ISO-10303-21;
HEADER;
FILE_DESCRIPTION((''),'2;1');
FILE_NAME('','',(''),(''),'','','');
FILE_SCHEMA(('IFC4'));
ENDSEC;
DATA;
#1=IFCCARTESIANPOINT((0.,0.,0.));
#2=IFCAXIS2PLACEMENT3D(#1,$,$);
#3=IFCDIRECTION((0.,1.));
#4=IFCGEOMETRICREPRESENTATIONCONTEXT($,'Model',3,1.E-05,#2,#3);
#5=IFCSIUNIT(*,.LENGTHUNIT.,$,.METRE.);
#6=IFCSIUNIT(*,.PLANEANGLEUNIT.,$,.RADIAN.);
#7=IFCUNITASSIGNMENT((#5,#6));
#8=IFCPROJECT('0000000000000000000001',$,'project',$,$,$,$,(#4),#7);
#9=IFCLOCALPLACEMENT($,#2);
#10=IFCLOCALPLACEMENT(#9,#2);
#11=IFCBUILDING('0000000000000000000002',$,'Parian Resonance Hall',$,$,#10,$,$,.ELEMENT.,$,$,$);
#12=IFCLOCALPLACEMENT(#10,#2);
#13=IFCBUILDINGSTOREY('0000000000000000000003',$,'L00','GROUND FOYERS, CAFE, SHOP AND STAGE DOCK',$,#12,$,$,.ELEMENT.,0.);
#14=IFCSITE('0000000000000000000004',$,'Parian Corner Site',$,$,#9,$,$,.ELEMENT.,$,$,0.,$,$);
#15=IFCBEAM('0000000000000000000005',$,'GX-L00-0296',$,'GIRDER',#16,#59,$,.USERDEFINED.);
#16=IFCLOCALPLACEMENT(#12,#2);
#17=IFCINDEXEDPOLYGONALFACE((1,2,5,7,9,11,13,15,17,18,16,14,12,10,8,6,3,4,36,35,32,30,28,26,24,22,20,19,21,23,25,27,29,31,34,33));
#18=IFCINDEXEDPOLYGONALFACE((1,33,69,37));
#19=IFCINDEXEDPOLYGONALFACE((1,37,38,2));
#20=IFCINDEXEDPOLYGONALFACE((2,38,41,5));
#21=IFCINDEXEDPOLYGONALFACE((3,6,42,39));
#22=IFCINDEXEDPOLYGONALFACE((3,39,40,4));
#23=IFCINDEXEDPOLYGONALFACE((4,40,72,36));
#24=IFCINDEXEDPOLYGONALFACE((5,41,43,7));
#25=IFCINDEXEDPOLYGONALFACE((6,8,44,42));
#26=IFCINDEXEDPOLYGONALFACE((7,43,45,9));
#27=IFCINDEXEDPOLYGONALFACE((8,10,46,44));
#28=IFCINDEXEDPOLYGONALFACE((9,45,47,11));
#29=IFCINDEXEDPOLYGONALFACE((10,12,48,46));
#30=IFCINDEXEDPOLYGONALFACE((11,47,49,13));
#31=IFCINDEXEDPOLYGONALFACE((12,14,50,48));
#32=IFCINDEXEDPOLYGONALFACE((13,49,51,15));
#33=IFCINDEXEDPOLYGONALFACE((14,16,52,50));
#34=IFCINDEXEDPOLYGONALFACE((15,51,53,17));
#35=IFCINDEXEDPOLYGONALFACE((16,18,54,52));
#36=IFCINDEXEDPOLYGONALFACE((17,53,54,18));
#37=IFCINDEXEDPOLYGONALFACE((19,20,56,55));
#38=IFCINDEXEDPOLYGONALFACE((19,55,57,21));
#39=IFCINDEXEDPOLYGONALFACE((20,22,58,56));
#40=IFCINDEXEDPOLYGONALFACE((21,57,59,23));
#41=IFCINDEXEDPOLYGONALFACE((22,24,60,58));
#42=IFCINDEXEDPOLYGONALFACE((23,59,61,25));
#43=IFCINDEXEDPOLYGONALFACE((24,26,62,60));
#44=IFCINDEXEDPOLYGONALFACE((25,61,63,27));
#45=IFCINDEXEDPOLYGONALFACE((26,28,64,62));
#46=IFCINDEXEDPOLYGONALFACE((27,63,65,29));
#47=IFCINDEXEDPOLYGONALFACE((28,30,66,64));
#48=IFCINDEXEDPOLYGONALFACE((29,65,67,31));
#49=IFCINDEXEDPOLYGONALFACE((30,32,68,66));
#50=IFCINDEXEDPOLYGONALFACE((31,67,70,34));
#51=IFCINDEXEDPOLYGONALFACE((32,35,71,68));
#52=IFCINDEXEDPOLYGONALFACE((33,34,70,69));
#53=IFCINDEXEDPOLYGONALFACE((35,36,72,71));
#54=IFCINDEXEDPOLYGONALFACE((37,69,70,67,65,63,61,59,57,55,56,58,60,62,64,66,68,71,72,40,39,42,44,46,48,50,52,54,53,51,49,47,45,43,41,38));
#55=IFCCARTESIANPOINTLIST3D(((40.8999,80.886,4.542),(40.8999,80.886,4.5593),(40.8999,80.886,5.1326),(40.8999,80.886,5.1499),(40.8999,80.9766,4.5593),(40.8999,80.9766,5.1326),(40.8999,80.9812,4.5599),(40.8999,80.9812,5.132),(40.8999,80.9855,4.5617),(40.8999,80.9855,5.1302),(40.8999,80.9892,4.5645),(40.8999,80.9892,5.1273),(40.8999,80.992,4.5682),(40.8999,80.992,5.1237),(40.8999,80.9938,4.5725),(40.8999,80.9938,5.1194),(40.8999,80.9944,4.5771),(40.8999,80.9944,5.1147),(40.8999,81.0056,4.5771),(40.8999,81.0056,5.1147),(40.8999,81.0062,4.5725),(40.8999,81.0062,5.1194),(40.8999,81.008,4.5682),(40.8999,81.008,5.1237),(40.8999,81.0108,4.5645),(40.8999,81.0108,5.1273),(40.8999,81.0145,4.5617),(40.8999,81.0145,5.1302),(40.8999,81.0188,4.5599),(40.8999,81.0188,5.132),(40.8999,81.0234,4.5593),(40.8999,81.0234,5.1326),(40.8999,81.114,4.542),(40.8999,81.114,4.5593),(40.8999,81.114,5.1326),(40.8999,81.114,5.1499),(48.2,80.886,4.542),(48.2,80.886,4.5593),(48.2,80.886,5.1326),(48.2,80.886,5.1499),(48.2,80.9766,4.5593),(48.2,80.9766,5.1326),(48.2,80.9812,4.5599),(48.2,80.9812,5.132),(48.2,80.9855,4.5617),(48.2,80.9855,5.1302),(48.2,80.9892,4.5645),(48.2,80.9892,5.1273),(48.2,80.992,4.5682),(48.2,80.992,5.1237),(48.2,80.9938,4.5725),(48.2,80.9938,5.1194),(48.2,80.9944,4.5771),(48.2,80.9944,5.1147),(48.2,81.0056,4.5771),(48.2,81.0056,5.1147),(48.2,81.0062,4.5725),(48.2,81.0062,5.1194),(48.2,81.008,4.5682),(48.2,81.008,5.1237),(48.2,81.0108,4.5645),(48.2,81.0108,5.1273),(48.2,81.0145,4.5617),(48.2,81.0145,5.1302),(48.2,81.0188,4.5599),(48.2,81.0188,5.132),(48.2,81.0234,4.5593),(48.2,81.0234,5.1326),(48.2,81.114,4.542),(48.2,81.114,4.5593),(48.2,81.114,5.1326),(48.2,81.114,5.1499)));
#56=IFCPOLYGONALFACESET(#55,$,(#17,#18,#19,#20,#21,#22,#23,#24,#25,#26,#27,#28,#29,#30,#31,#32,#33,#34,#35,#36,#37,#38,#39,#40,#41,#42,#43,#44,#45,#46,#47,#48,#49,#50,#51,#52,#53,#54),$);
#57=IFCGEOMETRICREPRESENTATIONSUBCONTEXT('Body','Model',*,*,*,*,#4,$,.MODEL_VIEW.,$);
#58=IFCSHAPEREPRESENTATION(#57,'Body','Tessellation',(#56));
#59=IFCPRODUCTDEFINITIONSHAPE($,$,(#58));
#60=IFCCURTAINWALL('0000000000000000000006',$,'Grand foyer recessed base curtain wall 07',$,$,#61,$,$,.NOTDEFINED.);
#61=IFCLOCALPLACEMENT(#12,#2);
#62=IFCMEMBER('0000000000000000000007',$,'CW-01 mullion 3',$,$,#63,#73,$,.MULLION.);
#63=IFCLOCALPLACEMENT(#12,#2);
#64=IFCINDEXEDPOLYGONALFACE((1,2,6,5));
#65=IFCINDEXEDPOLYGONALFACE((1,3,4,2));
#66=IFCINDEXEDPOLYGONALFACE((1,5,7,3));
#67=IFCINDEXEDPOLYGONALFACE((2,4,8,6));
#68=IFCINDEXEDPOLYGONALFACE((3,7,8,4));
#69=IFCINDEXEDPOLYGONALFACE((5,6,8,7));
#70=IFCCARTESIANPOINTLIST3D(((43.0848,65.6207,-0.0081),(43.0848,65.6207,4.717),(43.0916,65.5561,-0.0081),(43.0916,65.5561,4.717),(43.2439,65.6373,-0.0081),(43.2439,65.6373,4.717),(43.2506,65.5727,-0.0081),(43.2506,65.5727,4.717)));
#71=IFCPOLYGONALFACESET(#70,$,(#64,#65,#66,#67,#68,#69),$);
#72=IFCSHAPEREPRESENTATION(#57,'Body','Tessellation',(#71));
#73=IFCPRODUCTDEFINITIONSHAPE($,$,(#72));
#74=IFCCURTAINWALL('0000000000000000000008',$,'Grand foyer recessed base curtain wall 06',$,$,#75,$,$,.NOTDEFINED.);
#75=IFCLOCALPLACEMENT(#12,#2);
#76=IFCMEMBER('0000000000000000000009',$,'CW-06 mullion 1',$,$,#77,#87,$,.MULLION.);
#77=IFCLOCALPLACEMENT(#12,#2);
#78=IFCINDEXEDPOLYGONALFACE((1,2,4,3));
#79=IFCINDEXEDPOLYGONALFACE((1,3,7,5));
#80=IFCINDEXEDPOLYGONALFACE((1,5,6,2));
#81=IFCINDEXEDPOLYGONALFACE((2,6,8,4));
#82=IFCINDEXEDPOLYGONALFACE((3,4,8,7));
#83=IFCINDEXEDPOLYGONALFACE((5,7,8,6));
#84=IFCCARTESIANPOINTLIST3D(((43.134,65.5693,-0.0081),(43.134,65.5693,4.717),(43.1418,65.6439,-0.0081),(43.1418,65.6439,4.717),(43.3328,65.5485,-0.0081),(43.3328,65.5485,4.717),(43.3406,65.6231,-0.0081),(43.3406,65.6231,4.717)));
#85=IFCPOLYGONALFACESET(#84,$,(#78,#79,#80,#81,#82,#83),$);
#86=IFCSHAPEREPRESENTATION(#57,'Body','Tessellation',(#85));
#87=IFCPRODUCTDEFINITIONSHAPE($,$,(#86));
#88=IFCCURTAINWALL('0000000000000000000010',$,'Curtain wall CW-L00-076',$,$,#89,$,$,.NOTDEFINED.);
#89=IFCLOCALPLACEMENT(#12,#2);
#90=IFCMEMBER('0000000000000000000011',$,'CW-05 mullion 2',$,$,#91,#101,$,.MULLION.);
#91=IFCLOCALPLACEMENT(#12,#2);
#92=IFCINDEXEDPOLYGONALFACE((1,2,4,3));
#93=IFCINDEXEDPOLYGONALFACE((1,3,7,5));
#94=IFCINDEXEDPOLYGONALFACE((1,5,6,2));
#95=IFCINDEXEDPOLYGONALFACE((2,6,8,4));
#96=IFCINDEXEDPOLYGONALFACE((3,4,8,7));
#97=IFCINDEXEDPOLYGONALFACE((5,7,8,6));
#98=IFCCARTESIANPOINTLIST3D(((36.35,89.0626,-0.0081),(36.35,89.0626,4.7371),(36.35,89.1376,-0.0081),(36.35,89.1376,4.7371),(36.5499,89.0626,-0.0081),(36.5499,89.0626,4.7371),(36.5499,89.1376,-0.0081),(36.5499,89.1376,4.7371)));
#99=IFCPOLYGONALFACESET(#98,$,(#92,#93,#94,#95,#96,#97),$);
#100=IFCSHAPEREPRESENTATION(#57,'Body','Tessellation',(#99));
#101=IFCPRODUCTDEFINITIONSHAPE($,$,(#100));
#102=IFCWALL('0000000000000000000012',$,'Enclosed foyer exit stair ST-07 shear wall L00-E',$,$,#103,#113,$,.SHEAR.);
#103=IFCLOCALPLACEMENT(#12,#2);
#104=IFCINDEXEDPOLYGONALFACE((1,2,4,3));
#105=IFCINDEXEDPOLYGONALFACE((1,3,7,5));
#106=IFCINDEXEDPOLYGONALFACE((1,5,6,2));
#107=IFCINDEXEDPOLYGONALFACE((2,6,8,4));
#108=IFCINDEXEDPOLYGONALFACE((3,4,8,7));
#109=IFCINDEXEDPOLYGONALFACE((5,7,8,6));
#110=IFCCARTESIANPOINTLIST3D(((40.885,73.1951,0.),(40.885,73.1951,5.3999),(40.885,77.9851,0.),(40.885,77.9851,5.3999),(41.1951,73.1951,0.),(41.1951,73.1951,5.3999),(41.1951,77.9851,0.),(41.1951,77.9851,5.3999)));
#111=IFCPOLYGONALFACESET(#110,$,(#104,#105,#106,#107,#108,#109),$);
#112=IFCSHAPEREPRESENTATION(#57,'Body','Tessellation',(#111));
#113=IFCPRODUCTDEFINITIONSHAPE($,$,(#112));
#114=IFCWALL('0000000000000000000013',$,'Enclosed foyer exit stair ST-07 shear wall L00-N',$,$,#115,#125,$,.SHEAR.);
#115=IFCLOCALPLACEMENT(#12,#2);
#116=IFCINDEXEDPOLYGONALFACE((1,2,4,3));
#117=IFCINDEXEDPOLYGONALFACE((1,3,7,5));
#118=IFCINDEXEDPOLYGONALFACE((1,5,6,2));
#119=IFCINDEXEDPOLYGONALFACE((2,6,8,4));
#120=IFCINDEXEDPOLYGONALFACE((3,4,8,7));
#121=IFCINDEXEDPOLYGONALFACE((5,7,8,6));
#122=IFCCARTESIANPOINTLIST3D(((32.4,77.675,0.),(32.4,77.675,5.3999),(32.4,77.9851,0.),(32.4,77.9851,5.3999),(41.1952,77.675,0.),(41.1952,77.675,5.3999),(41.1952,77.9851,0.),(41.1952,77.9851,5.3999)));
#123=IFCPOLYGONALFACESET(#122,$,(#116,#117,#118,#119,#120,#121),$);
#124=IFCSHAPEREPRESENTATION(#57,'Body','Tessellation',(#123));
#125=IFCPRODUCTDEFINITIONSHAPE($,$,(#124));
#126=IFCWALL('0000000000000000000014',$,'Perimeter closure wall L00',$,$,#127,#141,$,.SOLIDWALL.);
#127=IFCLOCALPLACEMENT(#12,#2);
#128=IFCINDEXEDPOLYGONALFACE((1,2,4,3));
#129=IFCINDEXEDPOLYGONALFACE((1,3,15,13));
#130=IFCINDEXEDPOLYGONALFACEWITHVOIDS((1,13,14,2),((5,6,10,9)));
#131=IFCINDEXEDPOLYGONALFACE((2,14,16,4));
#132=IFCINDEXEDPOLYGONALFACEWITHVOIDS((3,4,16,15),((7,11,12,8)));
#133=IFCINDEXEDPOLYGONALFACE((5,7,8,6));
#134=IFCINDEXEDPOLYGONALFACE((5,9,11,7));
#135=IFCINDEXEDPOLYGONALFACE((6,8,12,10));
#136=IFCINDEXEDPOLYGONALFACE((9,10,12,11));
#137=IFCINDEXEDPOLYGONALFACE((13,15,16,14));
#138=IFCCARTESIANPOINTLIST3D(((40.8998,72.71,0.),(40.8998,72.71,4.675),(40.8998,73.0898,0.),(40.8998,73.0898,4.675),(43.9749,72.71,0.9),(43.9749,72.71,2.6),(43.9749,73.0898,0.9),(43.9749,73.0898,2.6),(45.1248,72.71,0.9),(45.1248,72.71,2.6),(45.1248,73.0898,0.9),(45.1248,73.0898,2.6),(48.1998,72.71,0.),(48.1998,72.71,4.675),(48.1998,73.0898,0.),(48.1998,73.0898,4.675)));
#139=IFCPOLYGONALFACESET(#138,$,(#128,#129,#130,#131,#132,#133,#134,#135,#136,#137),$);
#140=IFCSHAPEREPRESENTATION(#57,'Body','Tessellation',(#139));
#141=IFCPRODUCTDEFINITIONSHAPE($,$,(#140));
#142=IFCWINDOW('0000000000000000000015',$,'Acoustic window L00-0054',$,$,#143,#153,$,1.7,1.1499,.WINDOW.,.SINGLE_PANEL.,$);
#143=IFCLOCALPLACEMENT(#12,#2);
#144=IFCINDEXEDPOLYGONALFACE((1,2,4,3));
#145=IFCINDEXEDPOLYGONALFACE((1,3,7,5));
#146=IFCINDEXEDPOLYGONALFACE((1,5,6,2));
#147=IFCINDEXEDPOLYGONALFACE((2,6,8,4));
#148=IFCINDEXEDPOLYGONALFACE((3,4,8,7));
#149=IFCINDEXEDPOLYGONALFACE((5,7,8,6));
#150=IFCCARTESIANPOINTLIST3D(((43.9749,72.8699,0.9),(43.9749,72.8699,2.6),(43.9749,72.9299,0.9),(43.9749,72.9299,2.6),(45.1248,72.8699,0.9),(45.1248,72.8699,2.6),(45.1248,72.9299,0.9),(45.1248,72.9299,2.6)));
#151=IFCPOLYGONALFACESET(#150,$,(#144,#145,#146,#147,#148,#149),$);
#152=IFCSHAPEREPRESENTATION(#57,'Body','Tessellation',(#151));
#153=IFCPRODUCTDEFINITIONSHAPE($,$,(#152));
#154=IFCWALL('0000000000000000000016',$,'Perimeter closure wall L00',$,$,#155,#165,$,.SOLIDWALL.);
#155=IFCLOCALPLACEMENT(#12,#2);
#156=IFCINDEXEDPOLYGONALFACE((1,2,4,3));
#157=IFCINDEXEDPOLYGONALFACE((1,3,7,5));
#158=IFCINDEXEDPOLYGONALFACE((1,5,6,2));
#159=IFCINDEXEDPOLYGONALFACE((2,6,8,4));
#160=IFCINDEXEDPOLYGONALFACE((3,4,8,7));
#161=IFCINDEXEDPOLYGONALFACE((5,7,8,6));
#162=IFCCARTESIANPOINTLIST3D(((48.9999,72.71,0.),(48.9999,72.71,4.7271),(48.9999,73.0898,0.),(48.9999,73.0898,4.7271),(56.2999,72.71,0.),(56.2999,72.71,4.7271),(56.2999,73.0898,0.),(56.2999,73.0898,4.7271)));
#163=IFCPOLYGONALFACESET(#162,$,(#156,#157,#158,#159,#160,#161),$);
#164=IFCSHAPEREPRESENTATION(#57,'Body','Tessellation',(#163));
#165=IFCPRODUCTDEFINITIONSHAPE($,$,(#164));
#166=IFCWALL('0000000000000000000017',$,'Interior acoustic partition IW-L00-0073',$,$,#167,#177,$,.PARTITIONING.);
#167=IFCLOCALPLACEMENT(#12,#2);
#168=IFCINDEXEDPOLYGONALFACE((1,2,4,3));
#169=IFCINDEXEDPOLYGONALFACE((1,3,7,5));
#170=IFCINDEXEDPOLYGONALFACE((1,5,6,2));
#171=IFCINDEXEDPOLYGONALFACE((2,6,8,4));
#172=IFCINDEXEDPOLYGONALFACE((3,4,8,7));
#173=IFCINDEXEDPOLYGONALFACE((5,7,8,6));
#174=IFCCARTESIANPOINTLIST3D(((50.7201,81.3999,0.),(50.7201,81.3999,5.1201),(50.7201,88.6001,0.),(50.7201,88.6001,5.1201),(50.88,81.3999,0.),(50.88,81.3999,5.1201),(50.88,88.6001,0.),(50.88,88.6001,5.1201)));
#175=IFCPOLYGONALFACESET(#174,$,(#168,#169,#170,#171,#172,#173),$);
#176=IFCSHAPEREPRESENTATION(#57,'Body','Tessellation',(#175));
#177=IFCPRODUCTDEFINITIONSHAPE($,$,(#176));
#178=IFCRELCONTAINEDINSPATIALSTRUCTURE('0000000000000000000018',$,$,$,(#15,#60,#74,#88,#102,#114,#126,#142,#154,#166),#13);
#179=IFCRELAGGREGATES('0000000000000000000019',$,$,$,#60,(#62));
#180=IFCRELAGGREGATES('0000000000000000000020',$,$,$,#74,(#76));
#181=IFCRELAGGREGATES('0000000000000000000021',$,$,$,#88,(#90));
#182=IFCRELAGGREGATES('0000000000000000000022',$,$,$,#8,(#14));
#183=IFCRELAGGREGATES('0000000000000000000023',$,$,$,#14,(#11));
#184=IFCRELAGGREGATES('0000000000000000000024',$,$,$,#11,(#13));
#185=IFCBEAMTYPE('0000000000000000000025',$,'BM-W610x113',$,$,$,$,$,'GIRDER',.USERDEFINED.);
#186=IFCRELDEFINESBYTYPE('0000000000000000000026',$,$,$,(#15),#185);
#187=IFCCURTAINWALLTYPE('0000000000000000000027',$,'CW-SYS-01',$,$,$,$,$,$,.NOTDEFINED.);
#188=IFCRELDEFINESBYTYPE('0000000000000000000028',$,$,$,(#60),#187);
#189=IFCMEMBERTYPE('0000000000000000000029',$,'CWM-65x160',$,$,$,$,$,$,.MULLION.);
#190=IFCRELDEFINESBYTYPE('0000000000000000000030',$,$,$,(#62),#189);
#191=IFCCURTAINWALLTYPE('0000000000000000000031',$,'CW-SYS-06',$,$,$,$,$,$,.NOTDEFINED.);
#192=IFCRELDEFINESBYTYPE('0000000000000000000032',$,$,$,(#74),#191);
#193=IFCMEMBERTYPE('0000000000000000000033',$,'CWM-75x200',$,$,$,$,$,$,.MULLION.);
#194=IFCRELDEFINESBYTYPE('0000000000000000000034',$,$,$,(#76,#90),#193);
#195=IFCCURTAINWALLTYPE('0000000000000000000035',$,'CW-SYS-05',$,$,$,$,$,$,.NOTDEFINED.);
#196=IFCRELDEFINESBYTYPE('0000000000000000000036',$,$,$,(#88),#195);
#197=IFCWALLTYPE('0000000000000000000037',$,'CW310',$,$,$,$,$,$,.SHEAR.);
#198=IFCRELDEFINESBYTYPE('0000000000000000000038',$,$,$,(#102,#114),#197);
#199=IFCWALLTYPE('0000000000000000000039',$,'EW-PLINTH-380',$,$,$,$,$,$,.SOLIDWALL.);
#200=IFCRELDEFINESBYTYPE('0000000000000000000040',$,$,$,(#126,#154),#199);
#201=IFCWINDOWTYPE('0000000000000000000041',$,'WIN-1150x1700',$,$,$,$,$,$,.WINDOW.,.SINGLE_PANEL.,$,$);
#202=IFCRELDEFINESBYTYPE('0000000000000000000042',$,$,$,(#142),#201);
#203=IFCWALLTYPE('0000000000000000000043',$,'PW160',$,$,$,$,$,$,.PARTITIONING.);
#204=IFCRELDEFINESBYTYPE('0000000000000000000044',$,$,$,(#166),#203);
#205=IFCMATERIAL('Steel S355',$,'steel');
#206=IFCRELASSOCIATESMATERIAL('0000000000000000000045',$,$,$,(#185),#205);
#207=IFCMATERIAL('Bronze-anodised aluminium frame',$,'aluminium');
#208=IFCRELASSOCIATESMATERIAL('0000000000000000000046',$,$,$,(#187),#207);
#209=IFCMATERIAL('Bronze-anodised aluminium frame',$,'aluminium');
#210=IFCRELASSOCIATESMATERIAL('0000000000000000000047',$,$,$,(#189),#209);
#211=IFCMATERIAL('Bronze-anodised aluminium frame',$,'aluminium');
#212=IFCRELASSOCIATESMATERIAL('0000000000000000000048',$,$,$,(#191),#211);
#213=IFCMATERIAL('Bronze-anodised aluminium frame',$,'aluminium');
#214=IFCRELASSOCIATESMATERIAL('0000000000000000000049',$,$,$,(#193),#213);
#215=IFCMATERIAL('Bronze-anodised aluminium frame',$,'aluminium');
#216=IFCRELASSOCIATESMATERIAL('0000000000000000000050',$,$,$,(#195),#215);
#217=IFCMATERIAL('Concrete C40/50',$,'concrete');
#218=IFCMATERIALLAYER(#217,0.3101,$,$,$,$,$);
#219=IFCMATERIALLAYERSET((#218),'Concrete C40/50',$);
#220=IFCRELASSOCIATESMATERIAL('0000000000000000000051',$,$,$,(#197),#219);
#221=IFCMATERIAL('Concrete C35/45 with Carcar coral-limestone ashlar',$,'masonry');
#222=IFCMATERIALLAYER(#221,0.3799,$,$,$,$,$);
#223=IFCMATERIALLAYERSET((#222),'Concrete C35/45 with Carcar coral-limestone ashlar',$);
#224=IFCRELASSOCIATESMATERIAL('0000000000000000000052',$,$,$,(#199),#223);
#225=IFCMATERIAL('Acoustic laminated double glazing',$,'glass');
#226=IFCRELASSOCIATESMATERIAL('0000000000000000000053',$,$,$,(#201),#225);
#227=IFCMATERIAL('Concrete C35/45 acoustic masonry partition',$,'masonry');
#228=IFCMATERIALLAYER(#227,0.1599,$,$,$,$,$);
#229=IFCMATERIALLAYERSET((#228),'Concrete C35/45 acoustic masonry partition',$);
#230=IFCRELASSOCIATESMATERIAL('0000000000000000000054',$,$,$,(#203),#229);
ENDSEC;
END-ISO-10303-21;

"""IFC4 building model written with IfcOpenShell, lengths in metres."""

from ifc_helpers import new_model, si_unit, direction, frame, frame_2d, origin, origin_2d, place, context, subcontext, project, spatial, rectangle, i_section, extrude, material, layer, layer_set, material_profile, profile_set, type_object, element, fill, aggregate, save


model = new_model("IFC4")

# Units and contexts
model_context = context("Model", 3, precision=1e-05, world=origin(), true_north=direction((0.0, 1.0)))
body_context = subcontext(model_context, "Body", "Model", "MODEL_VIEW")
ifc_project = project(units=[si_unit("LENGTHUNIT", "METRE"), si_unit("PLANEANGLEUNIT", "RADIAN")], contexts=[model_context])

# Site, building, storey
site_placement = place(None, origin())
site = spatial("IfcSite", under=ifc_project, at=site_placement, Name="Parian Corner Site", CompositionType="ELEMENT", RefElevation=0.0)
building_placement = place(site_placement, origin())
building = spatial("IfcBuilding", under=site, at=building_placement, Name="Parian Resonance Hall", CompositionType="ELEMENT")
storey_placement = place(building_placement, origin())
storey = spatial("IfcBuildingStorey", under=building, at=storey_placement, Name="L00", Description="GROUND FOYERS, CAFE, SHOP AND STAGE DOCK", CompositionType="ELEMENT", Elevation=0.0)

# Beam
ifc_material_1 = material(Name="Steel S355", Category="steel")
ifc_material_profile_1 = material_profile(ifc_material_1, i_section(OverallWidth=0.228, OverallDepth=0.6079, WebThickness=0.0112, FlangeThickness=0.0173, FilletRadius=0.0178, at=origin_2d()), Name="W610x113")
ifc_profile_set_1 = profile_set([ifc_material_profile_1], Name="Steel S355")
beam_type_1 = type_object("IfcBeamType", Name="BM-W610x113", ElementType="GIRDER", PredefinedType="USERDEFINED", material=ifc_profile_set_1)
beam_1_placement = place(storey_placement, frame((40.8999, 81.0, 4.8459), z_axis=(1.0, 0.0, 0.0), x_axis=(0.0, 1.0, 0.0)))
element("IfcBeam", 1, at=beam_1_placement, inside=storey, type_object=beam_type_1, Name="GX-L00-0296", ObjectType="GIRDER", PredefinedType="USERDEFINED", context=body_context, shape_type="SweptSolid", body=[
    extrude(i_section(OverallWidth=0.228, OverallDepth=0.6079, WebThickness=0.0112, FlangeThickness=0.0173, FilletRadius=0.0178, at=origin_2d()), origin(), (0.0, 0.0, 1.0), 7.3),
])

# Curtain walls, members
ifc_material_2 = material(Name="Bronze-anodised aluminium frame", Category="aluminium")
curtain_wall_type_1 = type_object("IfcCurtainWallType", Name="CW-SYS-01", PredefinedType="NOTDEFINED", material=ifc_material_2)
curtain_wall_1_placement = place(storey_placement, origin())
curtain_wall_1 = element("IfcCurtainWall", 2, at=curtain_wall_1_placement, inside=storey, type_object=curtain_wall_type_1, Name="Grand foyer recessed base curtain wall 07", PredefinedType="NOTDEFINED")
ifc_material_3 = material(Name="Bronze-anodised aluminium frame", Category="aluminium")
ifc_material_profile_2 = material_profile(ifc_material_3, rectangle(XDim=0.0649, YDim=0.1599, at=origin_2d()), Name="CWM-65x160")
ifc_profile_set_2 = profile_set([ifc_material_profile_2], Name="Bronze-anodised aluminium frame")
member_type_1 = type_object("IfcMemberType", Name="CWM-65x160", PredefinedType="MULLION", material=ifc_profile_set_2)
member_1_placement = place(storey_placement, frame((43.1677, 65.5967, -0.0081), z_axis=(0.0, 0.0, 1.0), x_axis=(-0.104013, 0.994576, 0.0)))
member_1 = element("IfcMember", 3, at=member_1_placement, type_object=member_type_1, Name="CW-01 mullion 3", PredefinedType="MULLION", context=body_context, shape_type="SweptSolid", body=[
    extrude(rectangle(XDim=0.0649, YDim=0.1599, at=origin_2d()), origin(), (0.0, 0.0, 1.0), 4.7251),
])
aggregate(curtain_wall_1, [member_1])
ifc_material_4 = material(Name="Bronze-anodised aluminium frame", Category="aluminium")
curtain_wall_type_2 = type_object("IfcCurtainWallType", Name="CW-SYS-06", PredefinedType="NOTDEFINED", material=ifc_material_4)
curtain_wall_2_placement = place(storey_placement, origin())
curtain_wall_2 = element("IfcCurtainWall", 4, at=curtain_wall_2_placement, inside=storey, type_object=curtain_wall_type_2, Name="Grand foyer recessed base curtain wall 06", PredefinedType="NOTDEFINED")
ifc_material_5 = material(Name="Bronze-anodised aluminium frame", Category="aluminium")
ifc_material_profile_3 = material_profile(ifc_material_5, rectangle(XDim=0.075, YDim=0.2, at=origin_2d()), Name="CWM-75x200")
ifc_profile_set_3 = profile_set([ifc_material_profile_3], Name="Bronze-anodised aluminium frame")
member_type_2 = type_object("IfcMemberType", Name="CWM-75x200", PredefinedType="MULLION", material=ifc_profile_set_3)
member_2_placement = place(storey_placement, frame((43.2373, 65.5962, -0.0081), z_axis=(0.0, 0.0, 1.0), x_axis=(0.104013, 0.994576, 0.0)))
member_2 = element("IfcMember", 5, at=member_2_placement, type_object=member_type_2, Name="CW-06 mullion 1", PredefinedType="MULLION", context=body_context, shape_type="SweptSolid", body=[
    extrude(rectangle(XDim=0.075, YDim=0.2, at=origin_2d()), origin(), (0.0, 0.0, 1.0), 4.7251),
])
aggregate(curtain_wall_2, [member_2])
ifc_material_6 = material(Name="Bronze-anodised aluminium frame", Category="aluminium")
curtain_wall_type_3 = type_object("IfcCurtainWallType", Name="CW-SYS-05", PredefinedType="NOTDEFINED", material=ifc_material_6)
curtain_wall_3_placement = place(storey_placement, origin())
curtain_wall_3 = element("IfcCurtainWall", 6, at=curtain_wall_3_placement, inside=storey, type_object=curtain_wall_type_3, Name="Curtain wall CW-L00-076", PredefinedType="NOTDEFINED")
member_3_placement = place(storey_placement, frame((36.45, 89.1001, -0.0081), z_axis=(0.0, 0.0, 1.0), x_axis=(0.0, 1.0, 0.0)))
member_3 = element("IfcMember", 7, at=member_3_placement, type_object=member_type_2, Name="CW-05 mullion 2", PredefinedType="MULLION", context=body_context, shape_type="SweptSolid", body=[
    extrude(rectangle(XDim=0.075, YDim=0.2, at=origin_2d()), origin(), (0.0, 0.0, 1.0), 4.7451),
])
aggregate(curtain_wall_3, [member_3])

# Walls
ifc_material_7 = material(Name="Concrete C40/50", Category="concrete")
ifc_layer_1 = layer(ifc_material_7, 0.3101)
ifc_layer_set_1 = layer_set([ifc_layer_1], Name="Concrete C40/50")
wall_type_1 = type_object("IfcWallType", Name="CW310", PredefinedType="SHEAR", material=ifc_layer_set_1)
wall_1_placement = place(storey_placement, frame((41.04, 73.1951, 0.0), z_axis=(0.0, 0.0, 1.0), x_axis=(0.0, 1.0, 0.0)))
element("IfcWall", 8, at=wall_1_placement, inside=storey, type_object=wall_type_1, Name="Enclosed foyer exit stair ST-07 shear wall L00-E", PredefinedType="SHEAR", context=body_context, shape_type="SweptSolid", body=[
    extrude(rectangle(XDim=4.79, YDim=0.3101, at=frame_2d((2.395, 0.0))), origin(), (0.0, 0.0, 1.0), 5.3999),
])
wall_2_placement = place(storey_placement, frame((41.1951, 77.8301, 0.0), z_axis=(0.0, 0.0, 1.0), x_axis=(-1.0, 0.0, 0.0)))
element("IfcWall", 9, at=wall_2_placement, inside=storey, type_object=wall_type_1, Name="Enclosed foyer exit stair ST-07 shear wall L00-N", PredefinedType="SHEAR", context=body_context, shape_type="SweptSolid", body=[
    extrude(rectangle(XDim=8.7952, YDim=0.3101, at=frame_2d((4.3975, 0.0))), origin(), (0.0, 0.0, 1.0), 5.3999),
])

# Wall, opening, window
ifc_material_8 = material(Name="Concrete C35/45 with Carcar coral-limestone ashlar", Category="masonry")
ifc_layer_2 = layer(ifc_material_8, 0.3799)
ifc_layer_set_2 = layer_set([ifc_layer_2], Name="Concrete C35/45 with Carcar coral-limestone ashlar")
wall_type_2 = type_object("IfcWallType", Name="EW-PLINTH-380", PredefinedType="SOLIDWALL", material=ifc_layer_set_2)
wall_3_placement = place(storey_placement, frame((40.8999, 72.8999, 0.0), z_axis=(0.0, 0.0, 1.0), x_axis=(1.0, 0.0, 0.0)))
wall_3 = element("IfcWall", 10, at=wall_3_placement, inside=storey, type_object=wall_type_2, Name="Perimeter closure wall L00", PredefinedType="SOLIDWALL", context=body_context, shape_type="SweptSolid", body=[
    extrude(rectangle(XDim=7.3, YDim=0.3799, at=frame_2d((3.6499, 0.0))), origin(), (0.0, 0.0, 1.0), 4.675),
])
opening_1_placement = place(wall_3_placement, frame((3.075, 0.0, 0.8999)))
opening_1 = element("IfcOpeningElement", 11, at=opening_1_placement, cuts=wall_3, PredefinedType="OPENING", context=body_context, shape_type="SweptSolid", body=[
    extrude(rectangle(XDim=1.1499, YDim=1.7, at=frame_2d((0.575, 0.8501))), frame((0.0, 0.2, 0.0), z_axis=(0.0, -1.0, 0.0), x_axis=(1.0, 0.0, 0.0)), (0.0, 0.0, 1.0), 0.3999),
])
ifc_material_9 = material(Name="Acoustic laminated double glazing", Category="glass")
window_type = type_object("IfcWindowType", Name="WIN-1150x1700", PartitioningType="SINGLE_PANEL", PredefinedType="WINDOW", material=ifc_material_9)
window_placement = place(opening_1_placement, origin())
window = element("IfcWindow", 12, at=window_placement, inside=storey, type_object=window_type, Name="Acoustic window L00-0054", OverallHeight=1.7, OverallWidth=1.1499, PartitioningType="SINGLE_PANEL", PredefinedType="WINDOW", context=body_context, shape_type="SweptSolid", body=[
    extrude(rectangle(XDim=1.1499, YDim=1.7, at=frame_2d((0.575, 0.8501))), frame((0.0, 0.03, 0.0), z_axis=(0.0, -1.0, 0.0), x_axis=(1.0, 0.0, 0.0)), (0.0, 0.0, 1.0), 0.0601),
])
fill(opening_1, window)

# Walls
wall_4_placement = place(storey_placement, frame((49.0, 72.8999, 0.0), z_axis=(0.0, 0.0, 1.0), x_axis=(1.0, 0.0, 0.0)))
element("IfcWall", 13, at=wall_4_placement, inside=storey, type_object=wall_type_2, Name="Perimeter closure wall L00", PredefinedType="SOLIDWALL", context=body_context, shape_type="SweptSolid", body=[
    extrude(rectangle(XDim=7.3, YDim=0.3799, at=frame_2d((3.6499, 0.0))), origin(), (0.0, 0.0, 1.0), 4.7271),
])
ifc_material_10 = material(Name="Concrete C35/45 acoustic masonry partition", Category="masonry")
ifc_layer_3 = layer(ifc_material_10, 0.1599)
ifc_layer_set_3 = layer_set([ifc_layer_3], Name="Concrete C35/45 acoustic masonry partition")
wall_type_3 = type_object("IfcWallType", Name="PW160", PredefinedType="PARTITIONING", material=ifc_layer_set_3)
wall_5_placement = place(storey_placement, frame((50.8, 88.6001, 0.0), z_axis=(0.0, 0.0, 1.0), x_axis=(0.0, -1.0, 0.0)))
element("IfcWall", 14, at=wall_5_placement, inside=storey, type_object=wall_type_3, Name="Interior acoustic partition IW-L00-0073", PredefinedType="PARTITIONING", context=body_context, shape_type="SweptSolid", body=[
    extrude(rectangle(XDim=7.2002, YDim=0.1599, at=frame_2d((3.6001, 0.0))), origin(), (0.0, 0.0, 1.0), 5.1201),
])

save(model, "model.ifc")
